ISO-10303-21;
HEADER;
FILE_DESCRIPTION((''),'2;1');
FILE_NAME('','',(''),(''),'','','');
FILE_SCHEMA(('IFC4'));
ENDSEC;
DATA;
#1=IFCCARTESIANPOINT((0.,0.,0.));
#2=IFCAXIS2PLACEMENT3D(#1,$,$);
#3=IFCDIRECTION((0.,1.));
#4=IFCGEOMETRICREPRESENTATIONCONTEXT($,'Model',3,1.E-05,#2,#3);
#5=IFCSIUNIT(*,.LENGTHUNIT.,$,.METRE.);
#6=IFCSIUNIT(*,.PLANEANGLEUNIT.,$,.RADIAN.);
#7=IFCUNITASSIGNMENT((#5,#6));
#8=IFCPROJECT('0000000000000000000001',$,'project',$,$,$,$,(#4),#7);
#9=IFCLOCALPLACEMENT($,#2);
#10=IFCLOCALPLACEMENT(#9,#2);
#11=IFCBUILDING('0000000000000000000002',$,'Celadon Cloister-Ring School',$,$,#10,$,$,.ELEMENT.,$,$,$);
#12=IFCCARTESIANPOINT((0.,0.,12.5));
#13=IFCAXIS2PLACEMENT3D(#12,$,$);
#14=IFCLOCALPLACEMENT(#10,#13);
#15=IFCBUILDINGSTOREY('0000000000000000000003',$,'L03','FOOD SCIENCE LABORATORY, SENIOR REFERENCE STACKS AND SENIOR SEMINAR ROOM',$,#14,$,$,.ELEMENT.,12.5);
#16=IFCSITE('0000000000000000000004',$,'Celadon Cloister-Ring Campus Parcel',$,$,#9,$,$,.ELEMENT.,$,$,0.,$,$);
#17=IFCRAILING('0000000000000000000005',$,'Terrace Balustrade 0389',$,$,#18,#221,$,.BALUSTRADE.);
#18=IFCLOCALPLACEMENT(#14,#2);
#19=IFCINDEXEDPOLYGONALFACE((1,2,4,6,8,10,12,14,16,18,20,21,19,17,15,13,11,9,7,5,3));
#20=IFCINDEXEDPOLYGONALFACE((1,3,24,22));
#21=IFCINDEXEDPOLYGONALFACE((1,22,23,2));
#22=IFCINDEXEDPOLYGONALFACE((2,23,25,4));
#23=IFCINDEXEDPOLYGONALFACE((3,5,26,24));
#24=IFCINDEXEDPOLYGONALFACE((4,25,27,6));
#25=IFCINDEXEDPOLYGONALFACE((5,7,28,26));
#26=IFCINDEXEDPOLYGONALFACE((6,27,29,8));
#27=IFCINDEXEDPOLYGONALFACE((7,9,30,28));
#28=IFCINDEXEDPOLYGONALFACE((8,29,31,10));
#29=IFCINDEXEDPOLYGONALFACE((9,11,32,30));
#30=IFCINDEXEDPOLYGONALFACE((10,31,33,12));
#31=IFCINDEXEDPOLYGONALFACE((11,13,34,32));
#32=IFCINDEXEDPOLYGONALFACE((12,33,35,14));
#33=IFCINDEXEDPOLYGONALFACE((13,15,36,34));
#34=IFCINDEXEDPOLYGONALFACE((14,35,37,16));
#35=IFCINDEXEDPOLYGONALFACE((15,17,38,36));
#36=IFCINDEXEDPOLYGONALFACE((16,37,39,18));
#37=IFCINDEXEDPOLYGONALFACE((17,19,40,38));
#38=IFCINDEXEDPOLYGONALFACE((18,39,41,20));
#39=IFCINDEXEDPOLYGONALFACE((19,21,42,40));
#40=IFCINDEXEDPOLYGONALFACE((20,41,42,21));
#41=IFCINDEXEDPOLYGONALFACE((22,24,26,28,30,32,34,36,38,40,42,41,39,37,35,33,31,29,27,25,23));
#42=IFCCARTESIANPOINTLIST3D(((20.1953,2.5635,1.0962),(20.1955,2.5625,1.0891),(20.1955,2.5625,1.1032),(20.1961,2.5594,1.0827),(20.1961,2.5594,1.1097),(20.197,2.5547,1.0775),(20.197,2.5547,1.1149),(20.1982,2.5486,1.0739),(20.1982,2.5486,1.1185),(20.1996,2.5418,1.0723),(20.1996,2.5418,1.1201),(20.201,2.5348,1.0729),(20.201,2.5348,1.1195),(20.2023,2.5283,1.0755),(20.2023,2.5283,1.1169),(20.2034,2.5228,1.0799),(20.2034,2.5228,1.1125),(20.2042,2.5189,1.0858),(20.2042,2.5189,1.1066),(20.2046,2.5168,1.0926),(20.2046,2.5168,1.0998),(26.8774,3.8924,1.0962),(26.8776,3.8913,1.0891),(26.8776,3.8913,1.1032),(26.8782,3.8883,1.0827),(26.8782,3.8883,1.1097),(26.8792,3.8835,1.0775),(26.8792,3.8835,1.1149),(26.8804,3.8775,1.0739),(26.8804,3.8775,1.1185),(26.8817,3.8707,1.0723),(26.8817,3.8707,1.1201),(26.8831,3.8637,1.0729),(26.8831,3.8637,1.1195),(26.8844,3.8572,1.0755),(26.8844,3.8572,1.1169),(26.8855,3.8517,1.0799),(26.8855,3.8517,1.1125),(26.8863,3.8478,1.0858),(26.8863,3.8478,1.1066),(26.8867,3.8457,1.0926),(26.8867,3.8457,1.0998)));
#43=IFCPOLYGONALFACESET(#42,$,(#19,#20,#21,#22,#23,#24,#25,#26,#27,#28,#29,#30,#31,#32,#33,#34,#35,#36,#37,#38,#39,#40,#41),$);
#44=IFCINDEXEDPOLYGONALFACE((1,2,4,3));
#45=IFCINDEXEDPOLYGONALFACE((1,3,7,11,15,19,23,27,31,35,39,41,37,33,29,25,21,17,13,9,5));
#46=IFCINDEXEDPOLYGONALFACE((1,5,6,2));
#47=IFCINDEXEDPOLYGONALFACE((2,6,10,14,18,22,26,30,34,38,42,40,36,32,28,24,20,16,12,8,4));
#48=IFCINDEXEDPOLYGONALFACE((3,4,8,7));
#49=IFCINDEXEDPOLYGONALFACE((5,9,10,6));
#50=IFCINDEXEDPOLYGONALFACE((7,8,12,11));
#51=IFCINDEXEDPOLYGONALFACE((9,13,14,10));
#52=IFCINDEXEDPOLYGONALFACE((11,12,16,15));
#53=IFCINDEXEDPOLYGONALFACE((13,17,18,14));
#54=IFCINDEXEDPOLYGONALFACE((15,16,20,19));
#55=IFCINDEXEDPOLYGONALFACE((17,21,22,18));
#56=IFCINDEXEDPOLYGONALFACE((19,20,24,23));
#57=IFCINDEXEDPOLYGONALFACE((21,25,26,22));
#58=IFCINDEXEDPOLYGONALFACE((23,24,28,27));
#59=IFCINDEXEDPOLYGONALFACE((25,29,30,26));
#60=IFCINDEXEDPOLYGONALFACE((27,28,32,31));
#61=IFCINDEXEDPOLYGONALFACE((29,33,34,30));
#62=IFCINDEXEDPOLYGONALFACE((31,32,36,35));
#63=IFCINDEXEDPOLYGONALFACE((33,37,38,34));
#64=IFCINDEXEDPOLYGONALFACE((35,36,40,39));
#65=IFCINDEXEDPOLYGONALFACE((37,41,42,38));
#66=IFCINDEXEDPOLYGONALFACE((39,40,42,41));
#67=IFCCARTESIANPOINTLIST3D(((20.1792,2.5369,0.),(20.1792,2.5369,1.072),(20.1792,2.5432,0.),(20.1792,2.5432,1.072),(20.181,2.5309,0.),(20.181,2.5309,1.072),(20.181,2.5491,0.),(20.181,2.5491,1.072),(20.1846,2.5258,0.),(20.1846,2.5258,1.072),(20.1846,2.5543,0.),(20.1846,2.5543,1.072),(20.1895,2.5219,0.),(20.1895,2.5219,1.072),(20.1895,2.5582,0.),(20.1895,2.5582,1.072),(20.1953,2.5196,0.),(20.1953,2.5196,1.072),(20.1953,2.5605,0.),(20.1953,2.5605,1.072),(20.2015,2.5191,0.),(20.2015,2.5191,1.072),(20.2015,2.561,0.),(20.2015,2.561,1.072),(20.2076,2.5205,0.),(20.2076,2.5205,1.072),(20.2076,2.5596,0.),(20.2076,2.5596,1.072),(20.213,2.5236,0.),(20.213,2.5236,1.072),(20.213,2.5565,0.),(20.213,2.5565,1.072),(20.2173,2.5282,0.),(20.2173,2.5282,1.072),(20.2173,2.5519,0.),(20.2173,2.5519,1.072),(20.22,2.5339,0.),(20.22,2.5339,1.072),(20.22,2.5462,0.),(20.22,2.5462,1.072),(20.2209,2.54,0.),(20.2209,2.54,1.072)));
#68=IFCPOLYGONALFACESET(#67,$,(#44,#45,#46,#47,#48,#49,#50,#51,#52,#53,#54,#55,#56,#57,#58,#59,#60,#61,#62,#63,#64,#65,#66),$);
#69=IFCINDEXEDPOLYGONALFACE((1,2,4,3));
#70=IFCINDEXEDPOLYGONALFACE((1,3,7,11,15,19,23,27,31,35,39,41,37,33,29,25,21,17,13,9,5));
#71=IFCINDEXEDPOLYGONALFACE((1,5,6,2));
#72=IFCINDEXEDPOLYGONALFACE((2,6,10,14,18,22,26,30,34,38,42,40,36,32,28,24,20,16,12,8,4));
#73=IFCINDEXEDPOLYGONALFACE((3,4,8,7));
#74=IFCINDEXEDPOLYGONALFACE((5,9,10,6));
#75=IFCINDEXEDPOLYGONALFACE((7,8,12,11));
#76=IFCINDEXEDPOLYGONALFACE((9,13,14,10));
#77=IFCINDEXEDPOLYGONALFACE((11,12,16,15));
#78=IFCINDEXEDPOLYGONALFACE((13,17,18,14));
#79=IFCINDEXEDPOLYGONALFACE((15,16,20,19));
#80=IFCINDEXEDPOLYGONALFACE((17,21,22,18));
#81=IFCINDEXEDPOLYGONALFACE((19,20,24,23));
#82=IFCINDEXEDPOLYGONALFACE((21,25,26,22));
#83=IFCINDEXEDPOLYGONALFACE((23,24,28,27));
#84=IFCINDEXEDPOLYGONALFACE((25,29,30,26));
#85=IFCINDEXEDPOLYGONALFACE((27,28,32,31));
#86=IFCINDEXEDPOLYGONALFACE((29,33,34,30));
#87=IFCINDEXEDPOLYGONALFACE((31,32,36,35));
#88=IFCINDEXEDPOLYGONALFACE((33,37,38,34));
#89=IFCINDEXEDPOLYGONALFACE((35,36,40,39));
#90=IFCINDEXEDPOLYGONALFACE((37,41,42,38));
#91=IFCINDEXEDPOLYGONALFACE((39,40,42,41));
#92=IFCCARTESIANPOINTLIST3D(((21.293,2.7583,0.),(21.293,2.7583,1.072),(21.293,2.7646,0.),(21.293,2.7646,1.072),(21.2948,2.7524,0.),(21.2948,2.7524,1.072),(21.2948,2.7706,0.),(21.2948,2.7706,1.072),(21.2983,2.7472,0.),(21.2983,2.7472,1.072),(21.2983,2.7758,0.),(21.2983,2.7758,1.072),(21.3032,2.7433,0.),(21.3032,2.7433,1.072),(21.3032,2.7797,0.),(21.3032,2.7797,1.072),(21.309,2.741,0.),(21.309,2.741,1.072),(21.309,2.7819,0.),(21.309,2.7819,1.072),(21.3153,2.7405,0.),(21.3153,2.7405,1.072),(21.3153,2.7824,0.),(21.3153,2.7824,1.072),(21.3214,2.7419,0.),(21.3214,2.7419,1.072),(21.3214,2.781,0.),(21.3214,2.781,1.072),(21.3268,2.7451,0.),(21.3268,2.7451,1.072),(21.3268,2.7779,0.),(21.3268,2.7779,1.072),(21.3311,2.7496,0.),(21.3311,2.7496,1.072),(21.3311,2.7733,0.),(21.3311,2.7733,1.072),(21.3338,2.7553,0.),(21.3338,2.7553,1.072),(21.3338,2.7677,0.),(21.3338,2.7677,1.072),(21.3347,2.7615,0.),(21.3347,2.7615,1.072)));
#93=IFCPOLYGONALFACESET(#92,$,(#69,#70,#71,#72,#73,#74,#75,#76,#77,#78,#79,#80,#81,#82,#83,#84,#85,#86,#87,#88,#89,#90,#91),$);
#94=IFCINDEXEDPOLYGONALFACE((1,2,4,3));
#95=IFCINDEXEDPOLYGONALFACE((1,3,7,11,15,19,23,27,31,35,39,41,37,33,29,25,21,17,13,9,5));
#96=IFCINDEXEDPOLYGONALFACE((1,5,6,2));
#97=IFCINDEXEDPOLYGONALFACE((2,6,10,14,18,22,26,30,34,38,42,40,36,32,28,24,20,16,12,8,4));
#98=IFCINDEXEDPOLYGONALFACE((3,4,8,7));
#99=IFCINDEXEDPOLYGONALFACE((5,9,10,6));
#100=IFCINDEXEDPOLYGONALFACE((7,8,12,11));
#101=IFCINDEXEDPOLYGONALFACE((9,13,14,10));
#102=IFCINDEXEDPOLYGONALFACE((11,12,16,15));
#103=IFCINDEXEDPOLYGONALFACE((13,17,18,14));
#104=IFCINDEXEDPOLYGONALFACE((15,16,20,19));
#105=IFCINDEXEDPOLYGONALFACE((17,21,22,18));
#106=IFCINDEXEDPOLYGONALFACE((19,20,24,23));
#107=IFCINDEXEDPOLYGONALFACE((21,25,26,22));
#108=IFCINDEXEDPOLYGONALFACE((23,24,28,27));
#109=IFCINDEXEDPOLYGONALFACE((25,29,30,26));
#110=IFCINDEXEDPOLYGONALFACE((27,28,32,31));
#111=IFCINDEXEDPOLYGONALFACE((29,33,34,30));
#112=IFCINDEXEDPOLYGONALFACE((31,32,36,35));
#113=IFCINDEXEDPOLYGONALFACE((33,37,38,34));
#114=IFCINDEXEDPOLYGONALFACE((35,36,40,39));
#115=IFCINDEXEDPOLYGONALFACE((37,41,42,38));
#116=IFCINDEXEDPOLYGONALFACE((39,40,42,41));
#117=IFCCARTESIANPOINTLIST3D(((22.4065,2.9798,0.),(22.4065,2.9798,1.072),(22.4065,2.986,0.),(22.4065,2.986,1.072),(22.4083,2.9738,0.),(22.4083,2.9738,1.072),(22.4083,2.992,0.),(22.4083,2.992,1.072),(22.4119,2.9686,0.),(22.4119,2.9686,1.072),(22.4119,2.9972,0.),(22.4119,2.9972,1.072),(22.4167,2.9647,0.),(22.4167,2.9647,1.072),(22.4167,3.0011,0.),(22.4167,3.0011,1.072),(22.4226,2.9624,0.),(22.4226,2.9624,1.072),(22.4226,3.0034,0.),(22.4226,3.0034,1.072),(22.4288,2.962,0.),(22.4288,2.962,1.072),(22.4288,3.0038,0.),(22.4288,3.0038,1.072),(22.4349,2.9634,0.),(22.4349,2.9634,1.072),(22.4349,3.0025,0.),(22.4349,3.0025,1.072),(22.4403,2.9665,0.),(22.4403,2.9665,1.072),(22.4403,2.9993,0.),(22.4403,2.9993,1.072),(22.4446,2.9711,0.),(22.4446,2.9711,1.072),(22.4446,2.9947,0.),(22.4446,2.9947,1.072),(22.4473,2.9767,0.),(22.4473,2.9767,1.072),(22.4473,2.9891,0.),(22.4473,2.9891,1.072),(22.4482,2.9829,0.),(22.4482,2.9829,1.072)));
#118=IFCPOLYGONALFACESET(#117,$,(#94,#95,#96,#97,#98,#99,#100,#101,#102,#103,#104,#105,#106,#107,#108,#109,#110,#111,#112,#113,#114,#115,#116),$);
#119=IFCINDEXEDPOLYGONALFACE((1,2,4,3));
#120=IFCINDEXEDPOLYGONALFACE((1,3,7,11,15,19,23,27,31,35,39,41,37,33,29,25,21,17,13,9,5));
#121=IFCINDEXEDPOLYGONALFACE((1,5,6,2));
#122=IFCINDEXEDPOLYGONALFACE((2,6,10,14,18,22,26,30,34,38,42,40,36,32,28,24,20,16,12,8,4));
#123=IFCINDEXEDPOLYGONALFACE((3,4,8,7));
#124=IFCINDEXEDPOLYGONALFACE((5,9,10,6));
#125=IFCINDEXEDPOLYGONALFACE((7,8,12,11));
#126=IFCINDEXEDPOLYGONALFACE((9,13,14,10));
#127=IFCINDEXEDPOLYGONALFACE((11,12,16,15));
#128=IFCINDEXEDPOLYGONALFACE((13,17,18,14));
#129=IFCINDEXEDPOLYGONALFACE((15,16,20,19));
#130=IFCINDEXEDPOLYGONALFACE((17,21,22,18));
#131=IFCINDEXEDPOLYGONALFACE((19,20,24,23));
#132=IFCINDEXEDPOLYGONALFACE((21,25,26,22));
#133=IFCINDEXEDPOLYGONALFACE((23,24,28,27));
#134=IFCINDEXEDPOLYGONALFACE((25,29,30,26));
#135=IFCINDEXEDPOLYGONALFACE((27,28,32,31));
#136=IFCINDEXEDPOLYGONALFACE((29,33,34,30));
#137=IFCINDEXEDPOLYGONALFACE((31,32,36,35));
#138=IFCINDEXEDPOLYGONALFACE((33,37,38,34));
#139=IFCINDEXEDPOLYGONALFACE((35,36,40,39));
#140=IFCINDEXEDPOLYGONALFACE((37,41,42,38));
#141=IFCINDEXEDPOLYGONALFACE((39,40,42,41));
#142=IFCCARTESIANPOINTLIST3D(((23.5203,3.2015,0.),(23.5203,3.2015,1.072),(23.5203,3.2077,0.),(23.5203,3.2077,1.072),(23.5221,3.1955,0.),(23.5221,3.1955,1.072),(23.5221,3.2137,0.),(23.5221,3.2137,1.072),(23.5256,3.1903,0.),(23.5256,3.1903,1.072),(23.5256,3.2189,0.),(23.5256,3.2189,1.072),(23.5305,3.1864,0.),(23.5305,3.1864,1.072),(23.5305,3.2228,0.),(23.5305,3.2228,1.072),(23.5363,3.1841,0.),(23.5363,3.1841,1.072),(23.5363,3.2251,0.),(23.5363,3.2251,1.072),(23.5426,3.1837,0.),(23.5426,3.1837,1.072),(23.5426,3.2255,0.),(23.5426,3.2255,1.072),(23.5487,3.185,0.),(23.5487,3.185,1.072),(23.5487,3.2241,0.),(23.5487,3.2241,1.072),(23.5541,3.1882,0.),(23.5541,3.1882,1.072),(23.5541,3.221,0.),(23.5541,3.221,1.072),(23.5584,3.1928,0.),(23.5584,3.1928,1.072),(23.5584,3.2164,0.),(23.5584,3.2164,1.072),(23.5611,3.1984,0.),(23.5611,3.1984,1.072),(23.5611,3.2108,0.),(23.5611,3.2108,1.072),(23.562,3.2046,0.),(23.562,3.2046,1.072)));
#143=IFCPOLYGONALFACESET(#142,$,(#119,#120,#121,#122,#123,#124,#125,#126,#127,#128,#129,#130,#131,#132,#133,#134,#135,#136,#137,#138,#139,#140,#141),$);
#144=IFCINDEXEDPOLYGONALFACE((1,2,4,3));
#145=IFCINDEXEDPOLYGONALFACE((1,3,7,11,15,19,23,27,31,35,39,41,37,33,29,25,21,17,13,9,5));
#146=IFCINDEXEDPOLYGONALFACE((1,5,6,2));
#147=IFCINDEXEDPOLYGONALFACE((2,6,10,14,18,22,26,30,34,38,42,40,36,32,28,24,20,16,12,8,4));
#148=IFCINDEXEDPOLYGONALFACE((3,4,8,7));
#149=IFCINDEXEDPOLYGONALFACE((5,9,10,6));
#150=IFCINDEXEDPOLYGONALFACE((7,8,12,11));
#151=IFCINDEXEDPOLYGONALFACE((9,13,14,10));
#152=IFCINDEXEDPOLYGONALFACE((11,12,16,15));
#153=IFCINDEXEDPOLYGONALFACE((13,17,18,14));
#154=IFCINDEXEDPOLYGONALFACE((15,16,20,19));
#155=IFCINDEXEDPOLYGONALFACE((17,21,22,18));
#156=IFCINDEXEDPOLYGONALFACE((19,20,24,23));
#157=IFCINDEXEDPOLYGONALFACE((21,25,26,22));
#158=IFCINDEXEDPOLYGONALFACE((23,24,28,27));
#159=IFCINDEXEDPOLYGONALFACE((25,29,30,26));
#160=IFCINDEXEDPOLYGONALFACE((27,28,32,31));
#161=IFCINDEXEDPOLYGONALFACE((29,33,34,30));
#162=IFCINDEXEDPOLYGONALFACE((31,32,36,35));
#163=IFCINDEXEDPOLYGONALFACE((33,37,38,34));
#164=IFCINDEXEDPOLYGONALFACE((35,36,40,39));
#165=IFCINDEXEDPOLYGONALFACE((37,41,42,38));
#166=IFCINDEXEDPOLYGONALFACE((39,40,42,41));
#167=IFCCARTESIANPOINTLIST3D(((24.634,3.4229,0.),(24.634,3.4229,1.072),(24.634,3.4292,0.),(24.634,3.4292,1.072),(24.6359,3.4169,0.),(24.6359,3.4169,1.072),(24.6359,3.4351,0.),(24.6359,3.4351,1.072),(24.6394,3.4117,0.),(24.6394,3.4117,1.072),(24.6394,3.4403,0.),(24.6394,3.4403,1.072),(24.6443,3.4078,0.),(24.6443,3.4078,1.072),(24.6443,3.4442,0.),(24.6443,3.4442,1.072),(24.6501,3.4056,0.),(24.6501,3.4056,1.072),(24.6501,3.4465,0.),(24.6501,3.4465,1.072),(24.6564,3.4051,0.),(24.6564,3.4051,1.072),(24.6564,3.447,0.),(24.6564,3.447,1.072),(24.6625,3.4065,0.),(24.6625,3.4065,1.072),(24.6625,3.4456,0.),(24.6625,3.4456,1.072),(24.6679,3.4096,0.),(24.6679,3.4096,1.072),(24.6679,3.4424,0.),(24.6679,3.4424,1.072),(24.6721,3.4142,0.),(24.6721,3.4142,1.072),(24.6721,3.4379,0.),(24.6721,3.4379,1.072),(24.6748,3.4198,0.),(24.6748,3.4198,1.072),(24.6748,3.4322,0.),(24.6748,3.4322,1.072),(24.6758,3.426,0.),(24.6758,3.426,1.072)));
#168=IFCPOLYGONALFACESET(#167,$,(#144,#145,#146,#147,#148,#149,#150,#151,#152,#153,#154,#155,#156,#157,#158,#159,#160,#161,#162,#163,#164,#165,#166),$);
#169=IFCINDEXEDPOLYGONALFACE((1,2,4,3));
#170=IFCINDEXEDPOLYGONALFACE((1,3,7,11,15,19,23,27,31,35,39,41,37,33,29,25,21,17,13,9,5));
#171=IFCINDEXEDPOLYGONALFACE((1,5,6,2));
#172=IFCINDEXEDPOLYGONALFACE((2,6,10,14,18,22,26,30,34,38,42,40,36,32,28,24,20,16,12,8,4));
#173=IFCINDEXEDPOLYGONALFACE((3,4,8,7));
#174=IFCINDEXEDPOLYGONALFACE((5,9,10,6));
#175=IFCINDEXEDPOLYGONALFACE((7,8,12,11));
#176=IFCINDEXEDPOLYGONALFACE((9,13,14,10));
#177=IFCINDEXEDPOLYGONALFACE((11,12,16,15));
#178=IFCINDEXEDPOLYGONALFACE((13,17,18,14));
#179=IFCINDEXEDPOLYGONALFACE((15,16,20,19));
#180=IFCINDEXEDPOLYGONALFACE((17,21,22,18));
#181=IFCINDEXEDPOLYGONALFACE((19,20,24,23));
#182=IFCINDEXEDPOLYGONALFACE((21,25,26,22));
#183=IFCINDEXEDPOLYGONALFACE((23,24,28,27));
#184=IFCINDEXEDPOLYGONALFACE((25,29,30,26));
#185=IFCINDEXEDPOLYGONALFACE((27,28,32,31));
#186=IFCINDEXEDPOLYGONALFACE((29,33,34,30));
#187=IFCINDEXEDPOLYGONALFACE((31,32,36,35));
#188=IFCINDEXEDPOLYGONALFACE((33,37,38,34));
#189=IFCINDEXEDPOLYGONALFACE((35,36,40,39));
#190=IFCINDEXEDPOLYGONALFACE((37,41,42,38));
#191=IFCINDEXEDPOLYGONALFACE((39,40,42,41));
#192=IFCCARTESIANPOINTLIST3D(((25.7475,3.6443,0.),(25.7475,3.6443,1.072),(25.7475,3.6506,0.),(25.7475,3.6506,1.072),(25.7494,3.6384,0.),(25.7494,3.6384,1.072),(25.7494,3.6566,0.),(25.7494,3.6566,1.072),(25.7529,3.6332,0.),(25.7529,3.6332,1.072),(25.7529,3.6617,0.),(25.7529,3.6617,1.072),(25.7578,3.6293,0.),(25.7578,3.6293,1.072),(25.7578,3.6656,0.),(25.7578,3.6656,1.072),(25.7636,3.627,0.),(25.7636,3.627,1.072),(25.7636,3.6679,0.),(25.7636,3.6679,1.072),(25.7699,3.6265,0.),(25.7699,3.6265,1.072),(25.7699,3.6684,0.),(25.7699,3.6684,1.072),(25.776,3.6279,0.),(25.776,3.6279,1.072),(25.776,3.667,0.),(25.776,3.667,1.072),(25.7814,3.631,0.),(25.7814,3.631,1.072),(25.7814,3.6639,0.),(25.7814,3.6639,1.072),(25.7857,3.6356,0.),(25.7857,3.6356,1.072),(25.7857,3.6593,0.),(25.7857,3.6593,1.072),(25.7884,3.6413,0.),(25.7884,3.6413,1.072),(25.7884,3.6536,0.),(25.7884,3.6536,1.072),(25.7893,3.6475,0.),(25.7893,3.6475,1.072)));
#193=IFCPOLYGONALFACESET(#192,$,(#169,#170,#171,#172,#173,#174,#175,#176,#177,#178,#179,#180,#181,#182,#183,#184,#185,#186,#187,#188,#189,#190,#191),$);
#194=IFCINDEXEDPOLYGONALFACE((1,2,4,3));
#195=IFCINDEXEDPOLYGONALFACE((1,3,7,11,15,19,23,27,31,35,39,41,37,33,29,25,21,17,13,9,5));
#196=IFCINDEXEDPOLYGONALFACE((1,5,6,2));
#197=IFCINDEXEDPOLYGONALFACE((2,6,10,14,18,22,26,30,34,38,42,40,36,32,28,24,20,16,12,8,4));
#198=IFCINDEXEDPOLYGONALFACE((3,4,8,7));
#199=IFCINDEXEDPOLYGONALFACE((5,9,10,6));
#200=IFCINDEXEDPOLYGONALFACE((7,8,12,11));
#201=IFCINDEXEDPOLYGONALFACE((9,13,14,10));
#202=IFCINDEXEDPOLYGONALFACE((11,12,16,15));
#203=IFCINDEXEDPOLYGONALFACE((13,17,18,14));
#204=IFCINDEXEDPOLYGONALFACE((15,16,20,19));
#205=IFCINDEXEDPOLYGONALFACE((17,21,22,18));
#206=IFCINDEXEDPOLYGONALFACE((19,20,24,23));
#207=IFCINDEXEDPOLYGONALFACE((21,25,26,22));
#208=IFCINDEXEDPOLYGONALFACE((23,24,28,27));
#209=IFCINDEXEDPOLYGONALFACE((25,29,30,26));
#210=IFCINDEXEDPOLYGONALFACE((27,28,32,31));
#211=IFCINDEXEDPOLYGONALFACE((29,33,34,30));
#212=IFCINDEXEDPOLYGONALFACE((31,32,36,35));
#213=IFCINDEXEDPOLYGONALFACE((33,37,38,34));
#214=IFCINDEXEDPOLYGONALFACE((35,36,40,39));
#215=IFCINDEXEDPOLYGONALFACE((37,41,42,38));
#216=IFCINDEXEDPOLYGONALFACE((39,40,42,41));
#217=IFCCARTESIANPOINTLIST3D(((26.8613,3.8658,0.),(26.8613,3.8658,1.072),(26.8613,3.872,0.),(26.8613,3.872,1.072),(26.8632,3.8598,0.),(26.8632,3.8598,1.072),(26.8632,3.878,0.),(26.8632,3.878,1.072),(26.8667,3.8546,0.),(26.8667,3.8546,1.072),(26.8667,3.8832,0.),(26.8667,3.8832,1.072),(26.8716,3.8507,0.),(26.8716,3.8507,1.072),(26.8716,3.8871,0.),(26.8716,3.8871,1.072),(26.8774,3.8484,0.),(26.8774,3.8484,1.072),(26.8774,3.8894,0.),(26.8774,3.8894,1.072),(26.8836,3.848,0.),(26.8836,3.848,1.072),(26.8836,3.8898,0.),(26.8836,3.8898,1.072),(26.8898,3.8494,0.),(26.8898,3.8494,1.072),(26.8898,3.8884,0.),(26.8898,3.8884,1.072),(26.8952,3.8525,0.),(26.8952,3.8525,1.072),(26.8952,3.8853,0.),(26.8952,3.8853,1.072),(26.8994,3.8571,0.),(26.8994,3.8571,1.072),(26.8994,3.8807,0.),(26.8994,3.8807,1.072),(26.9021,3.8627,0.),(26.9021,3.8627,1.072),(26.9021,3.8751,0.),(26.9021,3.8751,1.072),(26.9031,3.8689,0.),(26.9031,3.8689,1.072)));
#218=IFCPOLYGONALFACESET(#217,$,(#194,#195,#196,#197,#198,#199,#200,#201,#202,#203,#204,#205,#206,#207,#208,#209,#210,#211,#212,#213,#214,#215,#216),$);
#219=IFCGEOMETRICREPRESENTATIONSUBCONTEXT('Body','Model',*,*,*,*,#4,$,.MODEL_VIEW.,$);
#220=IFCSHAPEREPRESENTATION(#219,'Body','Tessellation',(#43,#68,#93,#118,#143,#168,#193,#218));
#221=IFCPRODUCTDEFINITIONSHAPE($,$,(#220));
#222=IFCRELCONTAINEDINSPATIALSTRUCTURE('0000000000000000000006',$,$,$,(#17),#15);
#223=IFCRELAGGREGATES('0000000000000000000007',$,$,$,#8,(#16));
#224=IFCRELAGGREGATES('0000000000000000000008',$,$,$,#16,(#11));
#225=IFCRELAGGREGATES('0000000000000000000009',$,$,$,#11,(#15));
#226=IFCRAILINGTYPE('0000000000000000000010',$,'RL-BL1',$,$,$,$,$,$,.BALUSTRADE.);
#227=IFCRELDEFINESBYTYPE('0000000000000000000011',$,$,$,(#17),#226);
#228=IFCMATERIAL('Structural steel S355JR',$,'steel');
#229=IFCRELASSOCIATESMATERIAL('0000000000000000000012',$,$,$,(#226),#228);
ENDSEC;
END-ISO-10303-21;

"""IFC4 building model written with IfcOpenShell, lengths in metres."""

from ifc_helpers import new_model, si_unit, direction, frame, origin, origin_2d, place, context, subcontext, project, spatial, circle, extrude, material, type_object, element, save


model = new_model("IFC4")

# Units and contexts
model_context = context("Model", 3, precision=1e-05, world=origin(), true_north=direction((0.0, 1.0)))
body_context = subcontext(model_context, "Body", "Model", "MODEL_VIEW")
ifc_project = project(units=[si_unit("LENGTHUNIT", "METRE"), si_unit("PLANEANGLEUNIT", "RADIAN")], contexts=[model_context])

# Site, building, storey
site_placement = place(None, origin())
site = spatial("IfcSite", under=ifc_project, at=site_placement, Name="Celadon Cloister-Ring Campus Parcel", CompositionType="ELEMENT", RefElevation=0.0)
building_placement = place(site_placement, origin())
building = spatial("IfcBuilding", under=site, at=building_placement, Name="Celadon Cloister-Ring School", CompositionType="ELEMENT")
storey_placement = place(building_placement, frame((0.0, 0.0, 12.5)))
storey = spatial("IfcBuildingStorey", under=building, at=storey_placement, Name="L03", Description="FOOD SCIENCE LABORATORY, SENIOR REFERENCE STACKS AND SENIOR SEMINAR ROOM", CompositionType="ELEMENT", Elevation=12.5)

# Railing
ifc_material_1 = material(Name="Structural steel S355JR", Category="steel")
railing_type = type_object("IfcRailingType", Name="RL-BL1", PredefinedType="BALUSTRADE", material=ifc_material_1)
railing_1_placement = place(storey_placement, frame((20.2, 2.54, 0.0)))
element("IfcRailing", 1, at=railing_1_placement, inside=storey, type_object=railing_type, Name="Terrace Balustrade 0389", PredefinedType="BALUSTRADE", context=body_context, shape_type="SweptSolid", body=[
    extrude(circle(Radius=0.0239, at=origin_2d()), frame((0.0, 0.0, 1.0962), z_axis=(0.980794, 0.195048, 0.0), x_axis=(-0.195048, 0.980794, 0.0)), (0.0, 0.0, 1.0), 6.813),
    extrude(circle(Radius=0.021, at=origin_2d()), origin(), (0.0, 0.0, 1.0), 1.072),
    extrude(circle(Radius=0.021, at=origin_2d()), frame((1.1138, 0.2214, 0.0)), (0.0, 0.0, 1.0), 1.072),
    extrude(circle(Radius=0.021, at=origin_2d()), frame((2.2273, 0.4429, 0.0)), (0.0, 0.0, 1.0), 1.072),
    extrude(circle(Radius=0.021, at=origin_2d()), frame((3.3411, 0.6646, 0.0)), (0.0, 0.0, 1.0), 1.072),
    extrude(circle(Radius=0.021, at=origin_2d()), frame((4.4548, 0.886, 0.0)), (0.0, 0.0, 1.0), 1.072),
    extrude(circle(Radius=0.021, at=origin_2d()), frame((5.5684, 1.1074, 0.0)), (0.0, 0.0, 1.0), 1.072),
    extrude(circle(Radius=0.021, at=origin_2d()), frame((6.6821, 1.3289, 0.0)), (0.0, 0.0, 1.0), 1.072),
])

save(model, "model.ifc")
